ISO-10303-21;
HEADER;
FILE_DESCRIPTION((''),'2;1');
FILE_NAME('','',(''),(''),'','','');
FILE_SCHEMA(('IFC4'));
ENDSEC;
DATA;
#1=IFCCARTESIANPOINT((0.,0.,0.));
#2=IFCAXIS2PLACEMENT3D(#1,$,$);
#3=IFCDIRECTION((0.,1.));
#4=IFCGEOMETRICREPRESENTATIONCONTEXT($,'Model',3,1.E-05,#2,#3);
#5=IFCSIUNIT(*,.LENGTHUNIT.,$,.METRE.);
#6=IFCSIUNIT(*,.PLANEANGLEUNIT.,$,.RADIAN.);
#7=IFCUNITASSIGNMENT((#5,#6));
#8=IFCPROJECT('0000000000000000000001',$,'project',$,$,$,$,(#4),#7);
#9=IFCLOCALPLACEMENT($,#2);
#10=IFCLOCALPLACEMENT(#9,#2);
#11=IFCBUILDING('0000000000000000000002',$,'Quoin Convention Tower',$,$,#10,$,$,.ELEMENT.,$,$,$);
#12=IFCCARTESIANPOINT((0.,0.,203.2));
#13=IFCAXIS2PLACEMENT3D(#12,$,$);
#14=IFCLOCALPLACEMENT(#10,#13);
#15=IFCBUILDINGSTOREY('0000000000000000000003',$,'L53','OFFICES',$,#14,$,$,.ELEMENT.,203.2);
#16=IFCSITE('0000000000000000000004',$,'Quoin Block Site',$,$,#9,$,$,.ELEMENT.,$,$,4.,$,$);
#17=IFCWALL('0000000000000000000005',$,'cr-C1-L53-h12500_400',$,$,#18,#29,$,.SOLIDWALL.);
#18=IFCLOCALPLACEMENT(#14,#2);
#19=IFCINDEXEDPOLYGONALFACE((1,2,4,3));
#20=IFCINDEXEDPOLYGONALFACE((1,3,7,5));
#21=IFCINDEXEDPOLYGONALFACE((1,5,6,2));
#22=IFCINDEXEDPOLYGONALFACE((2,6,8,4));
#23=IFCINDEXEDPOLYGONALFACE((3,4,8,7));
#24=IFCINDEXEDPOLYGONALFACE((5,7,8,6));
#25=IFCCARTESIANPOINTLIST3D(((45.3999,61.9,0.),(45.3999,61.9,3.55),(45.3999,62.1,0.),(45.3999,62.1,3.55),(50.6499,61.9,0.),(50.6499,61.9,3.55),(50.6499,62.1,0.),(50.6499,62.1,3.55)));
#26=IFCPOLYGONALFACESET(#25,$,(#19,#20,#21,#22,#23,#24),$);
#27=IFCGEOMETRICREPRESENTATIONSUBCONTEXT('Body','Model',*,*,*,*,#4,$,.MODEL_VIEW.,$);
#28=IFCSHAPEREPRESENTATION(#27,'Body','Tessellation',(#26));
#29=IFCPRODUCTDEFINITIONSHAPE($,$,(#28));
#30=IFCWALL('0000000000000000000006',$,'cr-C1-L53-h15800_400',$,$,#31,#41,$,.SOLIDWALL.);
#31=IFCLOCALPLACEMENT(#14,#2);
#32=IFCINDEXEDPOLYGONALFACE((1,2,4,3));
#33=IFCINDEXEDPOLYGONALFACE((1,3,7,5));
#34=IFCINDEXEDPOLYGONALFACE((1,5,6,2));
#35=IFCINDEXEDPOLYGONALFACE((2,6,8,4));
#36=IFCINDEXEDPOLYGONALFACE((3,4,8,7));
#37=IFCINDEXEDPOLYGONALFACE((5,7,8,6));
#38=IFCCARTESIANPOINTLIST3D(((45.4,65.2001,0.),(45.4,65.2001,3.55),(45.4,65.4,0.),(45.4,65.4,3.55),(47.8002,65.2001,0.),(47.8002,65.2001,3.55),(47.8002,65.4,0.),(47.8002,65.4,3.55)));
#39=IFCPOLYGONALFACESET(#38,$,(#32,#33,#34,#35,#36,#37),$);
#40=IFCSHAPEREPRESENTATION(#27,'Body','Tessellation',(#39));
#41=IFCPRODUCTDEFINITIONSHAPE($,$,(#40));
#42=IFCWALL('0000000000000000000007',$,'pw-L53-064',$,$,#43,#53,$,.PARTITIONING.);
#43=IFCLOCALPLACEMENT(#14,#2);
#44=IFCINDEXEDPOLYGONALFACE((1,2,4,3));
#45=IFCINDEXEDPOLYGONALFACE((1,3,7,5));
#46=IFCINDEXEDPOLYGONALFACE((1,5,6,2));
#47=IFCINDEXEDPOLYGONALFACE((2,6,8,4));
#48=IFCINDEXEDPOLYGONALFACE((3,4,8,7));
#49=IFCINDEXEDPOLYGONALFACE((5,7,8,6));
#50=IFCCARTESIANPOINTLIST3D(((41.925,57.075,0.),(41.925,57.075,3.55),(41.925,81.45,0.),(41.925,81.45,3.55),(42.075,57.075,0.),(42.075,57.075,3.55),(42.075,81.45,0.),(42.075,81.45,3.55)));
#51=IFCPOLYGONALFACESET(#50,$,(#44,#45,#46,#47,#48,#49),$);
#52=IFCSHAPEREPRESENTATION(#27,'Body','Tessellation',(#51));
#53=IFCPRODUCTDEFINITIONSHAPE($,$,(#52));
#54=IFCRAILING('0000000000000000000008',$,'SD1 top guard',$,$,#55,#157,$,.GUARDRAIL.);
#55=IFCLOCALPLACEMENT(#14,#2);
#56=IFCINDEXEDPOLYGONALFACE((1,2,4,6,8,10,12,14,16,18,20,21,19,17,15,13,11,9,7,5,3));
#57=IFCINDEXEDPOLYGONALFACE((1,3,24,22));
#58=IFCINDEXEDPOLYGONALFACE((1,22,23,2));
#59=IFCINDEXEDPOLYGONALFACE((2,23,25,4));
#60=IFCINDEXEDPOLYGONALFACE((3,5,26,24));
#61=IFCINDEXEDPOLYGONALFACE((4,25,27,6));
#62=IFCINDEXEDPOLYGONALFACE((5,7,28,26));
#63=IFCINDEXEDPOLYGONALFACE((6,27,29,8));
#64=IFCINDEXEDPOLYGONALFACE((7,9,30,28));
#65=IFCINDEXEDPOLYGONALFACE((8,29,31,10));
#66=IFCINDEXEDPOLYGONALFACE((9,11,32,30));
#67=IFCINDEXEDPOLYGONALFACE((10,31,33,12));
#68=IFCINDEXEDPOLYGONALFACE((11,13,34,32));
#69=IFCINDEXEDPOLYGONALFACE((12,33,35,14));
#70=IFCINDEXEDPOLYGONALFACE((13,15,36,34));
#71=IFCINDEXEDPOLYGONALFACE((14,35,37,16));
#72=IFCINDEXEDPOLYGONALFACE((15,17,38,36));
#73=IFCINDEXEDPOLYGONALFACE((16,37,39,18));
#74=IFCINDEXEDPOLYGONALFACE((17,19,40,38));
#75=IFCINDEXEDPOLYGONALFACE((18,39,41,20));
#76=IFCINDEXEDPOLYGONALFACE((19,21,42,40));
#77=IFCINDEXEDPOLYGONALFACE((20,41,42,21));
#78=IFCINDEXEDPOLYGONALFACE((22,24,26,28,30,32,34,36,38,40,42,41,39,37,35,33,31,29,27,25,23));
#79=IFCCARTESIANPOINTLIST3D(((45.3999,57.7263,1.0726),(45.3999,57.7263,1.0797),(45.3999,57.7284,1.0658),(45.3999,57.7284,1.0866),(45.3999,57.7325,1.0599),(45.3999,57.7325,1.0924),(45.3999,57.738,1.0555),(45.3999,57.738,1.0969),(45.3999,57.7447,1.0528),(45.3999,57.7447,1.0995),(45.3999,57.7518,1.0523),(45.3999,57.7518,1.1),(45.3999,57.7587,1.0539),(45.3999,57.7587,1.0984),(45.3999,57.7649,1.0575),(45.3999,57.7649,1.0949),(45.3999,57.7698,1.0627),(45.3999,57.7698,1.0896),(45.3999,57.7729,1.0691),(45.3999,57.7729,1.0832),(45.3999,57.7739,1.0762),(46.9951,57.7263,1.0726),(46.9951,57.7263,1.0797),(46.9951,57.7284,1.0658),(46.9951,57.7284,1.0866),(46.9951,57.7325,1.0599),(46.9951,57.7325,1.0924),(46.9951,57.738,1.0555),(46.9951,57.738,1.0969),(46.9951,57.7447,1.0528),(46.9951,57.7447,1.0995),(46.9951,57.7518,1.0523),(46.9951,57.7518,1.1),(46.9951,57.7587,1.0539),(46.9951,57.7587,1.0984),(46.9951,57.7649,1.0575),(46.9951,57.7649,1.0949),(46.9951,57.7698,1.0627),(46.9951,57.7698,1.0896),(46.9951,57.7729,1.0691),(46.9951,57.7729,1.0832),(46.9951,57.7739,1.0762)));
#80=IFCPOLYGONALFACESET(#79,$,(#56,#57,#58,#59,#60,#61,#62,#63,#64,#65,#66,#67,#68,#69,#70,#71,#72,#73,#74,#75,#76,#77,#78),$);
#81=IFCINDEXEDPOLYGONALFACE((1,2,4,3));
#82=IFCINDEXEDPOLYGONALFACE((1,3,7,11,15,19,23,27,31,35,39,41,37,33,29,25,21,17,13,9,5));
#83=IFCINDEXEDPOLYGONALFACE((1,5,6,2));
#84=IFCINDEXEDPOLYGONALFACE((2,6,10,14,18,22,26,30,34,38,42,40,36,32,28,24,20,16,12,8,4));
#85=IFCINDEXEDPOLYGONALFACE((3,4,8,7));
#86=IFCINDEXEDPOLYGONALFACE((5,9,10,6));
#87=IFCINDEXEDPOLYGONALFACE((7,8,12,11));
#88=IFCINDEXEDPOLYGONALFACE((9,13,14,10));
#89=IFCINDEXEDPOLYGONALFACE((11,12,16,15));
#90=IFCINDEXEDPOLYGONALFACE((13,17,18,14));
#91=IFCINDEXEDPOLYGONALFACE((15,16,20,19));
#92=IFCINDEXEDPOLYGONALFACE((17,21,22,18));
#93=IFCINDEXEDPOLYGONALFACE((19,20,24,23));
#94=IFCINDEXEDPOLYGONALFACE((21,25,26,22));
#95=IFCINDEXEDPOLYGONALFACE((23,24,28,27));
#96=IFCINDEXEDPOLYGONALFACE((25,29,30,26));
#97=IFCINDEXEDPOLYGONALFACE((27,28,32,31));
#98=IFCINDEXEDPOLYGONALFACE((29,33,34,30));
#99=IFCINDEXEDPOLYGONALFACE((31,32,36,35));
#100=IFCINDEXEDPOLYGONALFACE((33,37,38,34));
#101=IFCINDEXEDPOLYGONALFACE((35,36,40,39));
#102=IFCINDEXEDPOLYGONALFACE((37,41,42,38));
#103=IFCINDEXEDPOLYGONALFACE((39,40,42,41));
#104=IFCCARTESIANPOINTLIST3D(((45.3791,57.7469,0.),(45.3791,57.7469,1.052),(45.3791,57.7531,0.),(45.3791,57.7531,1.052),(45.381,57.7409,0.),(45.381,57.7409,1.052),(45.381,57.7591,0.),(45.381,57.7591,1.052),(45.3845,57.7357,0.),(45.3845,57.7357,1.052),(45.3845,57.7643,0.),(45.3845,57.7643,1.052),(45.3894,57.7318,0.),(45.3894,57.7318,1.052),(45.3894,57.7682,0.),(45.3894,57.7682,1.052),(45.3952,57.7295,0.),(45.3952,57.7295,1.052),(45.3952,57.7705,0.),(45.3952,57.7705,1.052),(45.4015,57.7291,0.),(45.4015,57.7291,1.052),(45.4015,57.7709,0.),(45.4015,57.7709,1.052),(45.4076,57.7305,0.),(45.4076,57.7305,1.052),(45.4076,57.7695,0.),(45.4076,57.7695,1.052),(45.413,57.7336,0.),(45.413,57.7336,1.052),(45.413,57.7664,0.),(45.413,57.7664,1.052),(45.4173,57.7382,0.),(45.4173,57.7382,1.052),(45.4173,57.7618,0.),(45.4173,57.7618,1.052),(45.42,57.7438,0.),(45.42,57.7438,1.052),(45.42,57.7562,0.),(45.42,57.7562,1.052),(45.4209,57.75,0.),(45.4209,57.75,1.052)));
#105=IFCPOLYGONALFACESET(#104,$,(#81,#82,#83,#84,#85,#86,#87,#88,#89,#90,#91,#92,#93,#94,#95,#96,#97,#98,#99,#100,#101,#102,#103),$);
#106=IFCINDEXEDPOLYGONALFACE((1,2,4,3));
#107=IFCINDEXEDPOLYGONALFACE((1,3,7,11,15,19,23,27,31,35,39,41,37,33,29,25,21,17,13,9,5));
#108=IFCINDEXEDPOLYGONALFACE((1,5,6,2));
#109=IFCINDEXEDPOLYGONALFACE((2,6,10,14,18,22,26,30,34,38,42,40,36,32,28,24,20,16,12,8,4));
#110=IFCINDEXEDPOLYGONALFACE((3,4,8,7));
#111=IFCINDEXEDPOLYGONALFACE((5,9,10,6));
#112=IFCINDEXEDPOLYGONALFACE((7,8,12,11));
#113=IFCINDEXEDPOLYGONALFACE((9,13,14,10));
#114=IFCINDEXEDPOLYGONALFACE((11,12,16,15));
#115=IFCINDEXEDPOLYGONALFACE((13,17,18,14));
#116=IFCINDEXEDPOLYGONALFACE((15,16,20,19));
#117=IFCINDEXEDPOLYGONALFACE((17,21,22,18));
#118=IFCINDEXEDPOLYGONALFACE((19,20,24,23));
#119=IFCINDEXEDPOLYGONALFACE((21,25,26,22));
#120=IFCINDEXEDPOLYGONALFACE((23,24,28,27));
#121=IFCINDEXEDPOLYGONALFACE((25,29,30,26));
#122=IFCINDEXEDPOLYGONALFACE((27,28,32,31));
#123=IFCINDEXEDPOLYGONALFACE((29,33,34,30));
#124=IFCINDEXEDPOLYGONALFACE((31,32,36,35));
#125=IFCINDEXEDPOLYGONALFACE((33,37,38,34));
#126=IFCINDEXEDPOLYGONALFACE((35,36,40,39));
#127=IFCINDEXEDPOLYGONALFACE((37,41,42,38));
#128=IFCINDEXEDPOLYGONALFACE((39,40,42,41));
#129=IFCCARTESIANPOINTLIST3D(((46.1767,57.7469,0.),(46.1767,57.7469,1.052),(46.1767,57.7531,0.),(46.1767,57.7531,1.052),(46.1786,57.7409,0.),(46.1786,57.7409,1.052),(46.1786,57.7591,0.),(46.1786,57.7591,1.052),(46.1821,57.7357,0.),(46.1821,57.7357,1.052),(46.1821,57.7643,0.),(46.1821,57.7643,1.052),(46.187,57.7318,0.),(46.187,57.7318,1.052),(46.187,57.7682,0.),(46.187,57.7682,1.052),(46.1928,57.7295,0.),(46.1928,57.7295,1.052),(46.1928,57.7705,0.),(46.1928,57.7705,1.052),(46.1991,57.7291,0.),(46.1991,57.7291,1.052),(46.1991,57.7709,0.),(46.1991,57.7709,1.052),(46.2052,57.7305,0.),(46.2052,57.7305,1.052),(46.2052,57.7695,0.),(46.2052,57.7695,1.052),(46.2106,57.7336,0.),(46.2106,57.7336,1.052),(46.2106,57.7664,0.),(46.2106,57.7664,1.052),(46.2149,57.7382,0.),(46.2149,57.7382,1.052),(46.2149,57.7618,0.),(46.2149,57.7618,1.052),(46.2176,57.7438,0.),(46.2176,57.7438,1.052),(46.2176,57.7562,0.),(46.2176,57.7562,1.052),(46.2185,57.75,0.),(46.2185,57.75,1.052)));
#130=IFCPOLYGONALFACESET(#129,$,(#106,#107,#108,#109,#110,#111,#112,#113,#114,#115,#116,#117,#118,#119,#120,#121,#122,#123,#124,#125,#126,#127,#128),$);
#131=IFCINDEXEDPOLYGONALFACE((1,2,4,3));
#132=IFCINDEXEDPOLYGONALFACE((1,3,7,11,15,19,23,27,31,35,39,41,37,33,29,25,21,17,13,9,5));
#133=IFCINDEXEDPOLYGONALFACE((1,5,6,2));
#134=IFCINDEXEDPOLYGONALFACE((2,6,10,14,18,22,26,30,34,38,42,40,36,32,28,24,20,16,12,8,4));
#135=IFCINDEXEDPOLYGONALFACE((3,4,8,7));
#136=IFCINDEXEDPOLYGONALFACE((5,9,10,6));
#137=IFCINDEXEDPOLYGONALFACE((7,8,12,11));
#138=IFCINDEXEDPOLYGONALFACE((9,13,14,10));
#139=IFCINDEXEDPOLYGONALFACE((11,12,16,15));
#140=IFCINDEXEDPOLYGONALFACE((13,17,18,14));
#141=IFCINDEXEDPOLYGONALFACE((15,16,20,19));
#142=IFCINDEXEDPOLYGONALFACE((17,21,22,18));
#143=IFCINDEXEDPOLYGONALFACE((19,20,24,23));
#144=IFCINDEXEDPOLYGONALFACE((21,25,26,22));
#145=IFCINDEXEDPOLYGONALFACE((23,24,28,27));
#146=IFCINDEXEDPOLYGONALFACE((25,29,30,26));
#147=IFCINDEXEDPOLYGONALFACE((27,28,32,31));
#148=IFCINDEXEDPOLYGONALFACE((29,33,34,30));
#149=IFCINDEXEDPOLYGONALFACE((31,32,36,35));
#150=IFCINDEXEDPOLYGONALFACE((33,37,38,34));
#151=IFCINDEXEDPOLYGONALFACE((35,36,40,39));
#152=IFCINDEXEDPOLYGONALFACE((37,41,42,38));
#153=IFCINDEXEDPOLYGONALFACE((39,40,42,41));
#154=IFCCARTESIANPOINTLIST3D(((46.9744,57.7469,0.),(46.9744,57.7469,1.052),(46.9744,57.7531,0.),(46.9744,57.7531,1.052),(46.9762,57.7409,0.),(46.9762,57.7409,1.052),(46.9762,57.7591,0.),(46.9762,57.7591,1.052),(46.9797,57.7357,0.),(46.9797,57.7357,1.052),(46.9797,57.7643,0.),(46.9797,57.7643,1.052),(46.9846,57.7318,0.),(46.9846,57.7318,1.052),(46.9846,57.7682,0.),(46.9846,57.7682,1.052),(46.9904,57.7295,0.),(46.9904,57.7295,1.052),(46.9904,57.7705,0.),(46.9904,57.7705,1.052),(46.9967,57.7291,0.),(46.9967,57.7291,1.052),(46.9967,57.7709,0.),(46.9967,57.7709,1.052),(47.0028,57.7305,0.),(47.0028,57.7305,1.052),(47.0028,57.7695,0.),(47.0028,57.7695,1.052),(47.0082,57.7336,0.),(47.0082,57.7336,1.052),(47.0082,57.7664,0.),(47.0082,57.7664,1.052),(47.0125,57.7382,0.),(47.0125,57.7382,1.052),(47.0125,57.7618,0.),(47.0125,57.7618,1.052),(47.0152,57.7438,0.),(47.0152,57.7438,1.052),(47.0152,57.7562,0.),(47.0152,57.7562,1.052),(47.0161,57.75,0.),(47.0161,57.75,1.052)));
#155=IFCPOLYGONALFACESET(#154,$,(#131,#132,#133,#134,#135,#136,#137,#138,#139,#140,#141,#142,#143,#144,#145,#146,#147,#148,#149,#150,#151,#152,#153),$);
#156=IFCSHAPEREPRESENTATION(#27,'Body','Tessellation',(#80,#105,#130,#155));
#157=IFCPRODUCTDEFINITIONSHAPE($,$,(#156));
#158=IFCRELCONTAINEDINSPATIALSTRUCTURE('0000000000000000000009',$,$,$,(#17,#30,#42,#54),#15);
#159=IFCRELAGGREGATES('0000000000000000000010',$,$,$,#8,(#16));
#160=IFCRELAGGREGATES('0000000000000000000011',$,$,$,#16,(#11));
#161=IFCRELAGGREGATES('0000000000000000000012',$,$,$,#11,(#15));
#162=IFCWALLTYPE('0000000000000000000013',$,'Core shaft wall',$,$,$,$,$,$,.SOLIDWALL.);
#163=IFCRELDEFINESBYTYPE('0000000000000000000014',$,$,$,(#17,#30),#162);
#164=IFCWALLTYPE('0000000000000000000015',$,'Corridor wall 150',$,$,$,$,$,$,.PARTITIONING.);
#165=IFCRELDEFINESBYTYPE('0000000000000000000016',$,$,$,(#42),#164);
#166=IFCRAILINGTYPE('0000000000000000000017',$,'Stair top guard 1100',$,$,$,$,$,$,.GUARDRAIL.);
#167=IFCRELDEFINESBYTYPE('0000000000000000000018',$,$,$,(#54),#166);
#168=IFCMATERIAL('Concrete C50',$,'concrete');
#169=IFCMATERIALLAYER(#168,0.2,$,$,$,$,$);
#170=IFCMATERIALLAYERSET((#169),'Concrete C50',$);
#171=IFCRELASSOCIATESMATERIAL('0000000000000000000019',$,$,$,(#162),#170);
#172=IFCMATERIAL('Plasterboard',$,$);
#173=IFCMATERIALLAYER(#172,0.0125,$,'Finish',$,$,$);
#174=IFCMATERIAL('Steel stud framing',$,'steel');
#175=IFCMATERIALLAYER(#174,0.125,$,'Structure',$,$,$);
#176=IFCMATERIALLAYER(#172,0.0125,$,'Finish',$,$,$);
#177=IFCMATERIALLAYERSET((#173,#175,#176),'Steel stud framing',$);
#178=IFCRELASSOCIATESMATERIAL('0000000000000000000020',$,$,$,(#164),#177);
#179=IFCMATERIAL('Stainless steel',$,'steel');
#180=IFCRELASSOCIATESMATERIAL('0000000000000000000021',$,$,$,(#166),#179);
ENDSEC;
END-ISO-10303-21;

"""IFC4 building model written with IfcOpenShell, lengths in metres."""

from ifc_helpers import new_model, si_unit, direction, frame, frame_2d, origin, origin_2d, place, context, subcontext, project, spatial, rectangle, circle, extrude, material, layer, layer_set, type_object, element, save


model = new_model("IFC4")

# Units and contexts
model_context = context("Model", 3, precision=1e-05, world=origin(), true_north=direction((0.0, 1.0)))
body_context = subcontext(model_context, "Body", "Model", "MODEL_VIEW")
ifc_project = project(units=[si_unit("LENGTHUNIT", "METRE"), si_unit("PLANEANGLEUNIT", "RADIAN")], contexts=[model_context])

# Site, building, storey
site_placement = place(None, origin())
site = spatial("IfcSite", under=ifc_project, at=site_placement, Name="Quoin Block Site", CompositionType="ELEMENT", RefElevation=4.0)
building_placement = place(site_placement, origin())
building = spatial("IfcBuilding", under=site, at=building_placement, Name="Quoin Convention Tower", CompositionType="ELEMENT")
storey_placement = place(building_placement, frame((0.0, 0.0, 203.2)))
storey = spatial("IfcBuildingStorey", under=building, at=storey_placement, Name="L53", Description="OFFICES", CompositionType="ELEMENT", Elevation=203.2)

# Shared definitions
ifc_material_1 = material(Name="Plasterboard")
ifc_material_2 = material(Name="Steel stud framing", Category="steel")

# Walls
ifc_material_3 = material(Name="Concrete C50", Category="concrete")
ifc_layer_1 = layer(ifc_material_3, 0.2)
ifc_layer_set_1 = layer_set([ifc_layer_1], Name="Concrete C50")
wall_type_1 = type_object("IfcWallType", Name="Core shaft wall", PredefinedType="SOLIDWALL", material=ifc_layer_set_1)
wall_1_placement = place(storey_placement, frame((45.3999, 62.0, 0.0), z_axis=(0.0, 0.0, 1.0), x_axis=(1.0, 0.0, 0.0)))
element("IfcWall", 1, at=wall_1_placement, inside=storey, type_object=wall_type_1, Name="cr-C1-L53-h12500_400", PredefinedType="SOLIDWALL", context=body_context, shape_type="SweptSolid", body=[
    extrude(rectangle(XDim=5.25, YDim=0.2, at=frame_2d((2.625, 0.0))), origin(), (0.0, 0.0, 1.0), 3.55),
])
wall_2_placement = place(storey_placement, frame((45.3999, 65.3, 0.0), z_axis=(0.0, 0.0, 1.0), x_axis=(1.0, 0.0, 0.0)))
element("IfcWall", 2, at=wall_2_placement, inside=storey, type_object=wall_type_1, Name="cr-C1-L53-h15800_400", PredefinedType="SOLIDWALL", context=body_context, shape_type="SweptSolid", body=[
    extrude(rectangle(XDim=2.4001, YDim=0.2, at=frame_2d((1.2002, 0.0))), origin(), (0.0, 0.0, 1.0), 3.55),
])
ifc_layer_2 = layer(ifc_material_1, 0.0125, Name="Finish")
ifc_layer_3 = layer(ifc_material_2, 0.125, Name="Structure")
ifc_layer_4 = layer(ifc_material_1, 0.0125, Name="Finish")
ifc_layer_set_2 = layer_set([ifc_layer_2, ifc_layer_3, ifc_layer_4], Name="Steel stud framing")
wall_type_2 = type_object("IfcWallType", Name="Corridor wall 150", PredefinedType="PARTITIONING", material=ifc_layer_set_2)
wall_3_placement = place(storey_placement, frame((42.0, 57.075, 0.0), z_axis=(0.0, 0.0, 1.0), x_axis=(0.0, 1.0, 0.0)))
element("IfcWall", 3, at=wall_3_placement, inside=storey, type_object=wall_type_2, Name="pw-L53-064", PredefinedType="PARTITIONING", context=body_context, shape_type="SweptSolid", body=[
    extrude(rectangle(XDim=24.375, YDim=0.1499, at=frame_2d((12.1875, 0.0))), origin(), (0.0, 0.0, 1.0), 3.55),
])

# Railing
ifc_material_4 = material(Name="Stainless steel", Category="steel")
railing_type = type_object("IfcRailingType", Name="Stair top guard 1100", PredefinedType="GUARDRAIL", material=ifc_material_4)
railing_placement = place(storey_placement, frame((45.3999, 57.75, 0.0)))
element("IfcRailing", 4, at=railing_placement, inside=storey, type_object=railing_type, Name="SD1 top guard", PredefinedType="GUARDRAIL", context=body_context, shape_type="SweptSolid", body=[
    extrude(circle(Radius=0.0239, at=origin_2d()), frame((0.0, 0.0, 1.0762), z_axis=(1.0, 0.0, 0.0), x_axis=(0.0, 1.0, 0.0)), (0.0, 0.0, 1.0), 1.5952),
    extrude(circle(Radius=0.021, at=origin_2d()), origin(), (0.0, 0.0, 1.0), 1.052),
    extrude(circle(Radius=0.021, at=origin_2d()), frame((0.7976, 0.0, 0.0)), (0.0, 0.0, 1.0), 1.052),
    extrude(circle(Radius=0.021, at=origin_2d()), frame((1.5952, 0.0, 0.0)), (0.0, 0.0, 1.0), 1.052),
])

save(model, "model.ifc")
